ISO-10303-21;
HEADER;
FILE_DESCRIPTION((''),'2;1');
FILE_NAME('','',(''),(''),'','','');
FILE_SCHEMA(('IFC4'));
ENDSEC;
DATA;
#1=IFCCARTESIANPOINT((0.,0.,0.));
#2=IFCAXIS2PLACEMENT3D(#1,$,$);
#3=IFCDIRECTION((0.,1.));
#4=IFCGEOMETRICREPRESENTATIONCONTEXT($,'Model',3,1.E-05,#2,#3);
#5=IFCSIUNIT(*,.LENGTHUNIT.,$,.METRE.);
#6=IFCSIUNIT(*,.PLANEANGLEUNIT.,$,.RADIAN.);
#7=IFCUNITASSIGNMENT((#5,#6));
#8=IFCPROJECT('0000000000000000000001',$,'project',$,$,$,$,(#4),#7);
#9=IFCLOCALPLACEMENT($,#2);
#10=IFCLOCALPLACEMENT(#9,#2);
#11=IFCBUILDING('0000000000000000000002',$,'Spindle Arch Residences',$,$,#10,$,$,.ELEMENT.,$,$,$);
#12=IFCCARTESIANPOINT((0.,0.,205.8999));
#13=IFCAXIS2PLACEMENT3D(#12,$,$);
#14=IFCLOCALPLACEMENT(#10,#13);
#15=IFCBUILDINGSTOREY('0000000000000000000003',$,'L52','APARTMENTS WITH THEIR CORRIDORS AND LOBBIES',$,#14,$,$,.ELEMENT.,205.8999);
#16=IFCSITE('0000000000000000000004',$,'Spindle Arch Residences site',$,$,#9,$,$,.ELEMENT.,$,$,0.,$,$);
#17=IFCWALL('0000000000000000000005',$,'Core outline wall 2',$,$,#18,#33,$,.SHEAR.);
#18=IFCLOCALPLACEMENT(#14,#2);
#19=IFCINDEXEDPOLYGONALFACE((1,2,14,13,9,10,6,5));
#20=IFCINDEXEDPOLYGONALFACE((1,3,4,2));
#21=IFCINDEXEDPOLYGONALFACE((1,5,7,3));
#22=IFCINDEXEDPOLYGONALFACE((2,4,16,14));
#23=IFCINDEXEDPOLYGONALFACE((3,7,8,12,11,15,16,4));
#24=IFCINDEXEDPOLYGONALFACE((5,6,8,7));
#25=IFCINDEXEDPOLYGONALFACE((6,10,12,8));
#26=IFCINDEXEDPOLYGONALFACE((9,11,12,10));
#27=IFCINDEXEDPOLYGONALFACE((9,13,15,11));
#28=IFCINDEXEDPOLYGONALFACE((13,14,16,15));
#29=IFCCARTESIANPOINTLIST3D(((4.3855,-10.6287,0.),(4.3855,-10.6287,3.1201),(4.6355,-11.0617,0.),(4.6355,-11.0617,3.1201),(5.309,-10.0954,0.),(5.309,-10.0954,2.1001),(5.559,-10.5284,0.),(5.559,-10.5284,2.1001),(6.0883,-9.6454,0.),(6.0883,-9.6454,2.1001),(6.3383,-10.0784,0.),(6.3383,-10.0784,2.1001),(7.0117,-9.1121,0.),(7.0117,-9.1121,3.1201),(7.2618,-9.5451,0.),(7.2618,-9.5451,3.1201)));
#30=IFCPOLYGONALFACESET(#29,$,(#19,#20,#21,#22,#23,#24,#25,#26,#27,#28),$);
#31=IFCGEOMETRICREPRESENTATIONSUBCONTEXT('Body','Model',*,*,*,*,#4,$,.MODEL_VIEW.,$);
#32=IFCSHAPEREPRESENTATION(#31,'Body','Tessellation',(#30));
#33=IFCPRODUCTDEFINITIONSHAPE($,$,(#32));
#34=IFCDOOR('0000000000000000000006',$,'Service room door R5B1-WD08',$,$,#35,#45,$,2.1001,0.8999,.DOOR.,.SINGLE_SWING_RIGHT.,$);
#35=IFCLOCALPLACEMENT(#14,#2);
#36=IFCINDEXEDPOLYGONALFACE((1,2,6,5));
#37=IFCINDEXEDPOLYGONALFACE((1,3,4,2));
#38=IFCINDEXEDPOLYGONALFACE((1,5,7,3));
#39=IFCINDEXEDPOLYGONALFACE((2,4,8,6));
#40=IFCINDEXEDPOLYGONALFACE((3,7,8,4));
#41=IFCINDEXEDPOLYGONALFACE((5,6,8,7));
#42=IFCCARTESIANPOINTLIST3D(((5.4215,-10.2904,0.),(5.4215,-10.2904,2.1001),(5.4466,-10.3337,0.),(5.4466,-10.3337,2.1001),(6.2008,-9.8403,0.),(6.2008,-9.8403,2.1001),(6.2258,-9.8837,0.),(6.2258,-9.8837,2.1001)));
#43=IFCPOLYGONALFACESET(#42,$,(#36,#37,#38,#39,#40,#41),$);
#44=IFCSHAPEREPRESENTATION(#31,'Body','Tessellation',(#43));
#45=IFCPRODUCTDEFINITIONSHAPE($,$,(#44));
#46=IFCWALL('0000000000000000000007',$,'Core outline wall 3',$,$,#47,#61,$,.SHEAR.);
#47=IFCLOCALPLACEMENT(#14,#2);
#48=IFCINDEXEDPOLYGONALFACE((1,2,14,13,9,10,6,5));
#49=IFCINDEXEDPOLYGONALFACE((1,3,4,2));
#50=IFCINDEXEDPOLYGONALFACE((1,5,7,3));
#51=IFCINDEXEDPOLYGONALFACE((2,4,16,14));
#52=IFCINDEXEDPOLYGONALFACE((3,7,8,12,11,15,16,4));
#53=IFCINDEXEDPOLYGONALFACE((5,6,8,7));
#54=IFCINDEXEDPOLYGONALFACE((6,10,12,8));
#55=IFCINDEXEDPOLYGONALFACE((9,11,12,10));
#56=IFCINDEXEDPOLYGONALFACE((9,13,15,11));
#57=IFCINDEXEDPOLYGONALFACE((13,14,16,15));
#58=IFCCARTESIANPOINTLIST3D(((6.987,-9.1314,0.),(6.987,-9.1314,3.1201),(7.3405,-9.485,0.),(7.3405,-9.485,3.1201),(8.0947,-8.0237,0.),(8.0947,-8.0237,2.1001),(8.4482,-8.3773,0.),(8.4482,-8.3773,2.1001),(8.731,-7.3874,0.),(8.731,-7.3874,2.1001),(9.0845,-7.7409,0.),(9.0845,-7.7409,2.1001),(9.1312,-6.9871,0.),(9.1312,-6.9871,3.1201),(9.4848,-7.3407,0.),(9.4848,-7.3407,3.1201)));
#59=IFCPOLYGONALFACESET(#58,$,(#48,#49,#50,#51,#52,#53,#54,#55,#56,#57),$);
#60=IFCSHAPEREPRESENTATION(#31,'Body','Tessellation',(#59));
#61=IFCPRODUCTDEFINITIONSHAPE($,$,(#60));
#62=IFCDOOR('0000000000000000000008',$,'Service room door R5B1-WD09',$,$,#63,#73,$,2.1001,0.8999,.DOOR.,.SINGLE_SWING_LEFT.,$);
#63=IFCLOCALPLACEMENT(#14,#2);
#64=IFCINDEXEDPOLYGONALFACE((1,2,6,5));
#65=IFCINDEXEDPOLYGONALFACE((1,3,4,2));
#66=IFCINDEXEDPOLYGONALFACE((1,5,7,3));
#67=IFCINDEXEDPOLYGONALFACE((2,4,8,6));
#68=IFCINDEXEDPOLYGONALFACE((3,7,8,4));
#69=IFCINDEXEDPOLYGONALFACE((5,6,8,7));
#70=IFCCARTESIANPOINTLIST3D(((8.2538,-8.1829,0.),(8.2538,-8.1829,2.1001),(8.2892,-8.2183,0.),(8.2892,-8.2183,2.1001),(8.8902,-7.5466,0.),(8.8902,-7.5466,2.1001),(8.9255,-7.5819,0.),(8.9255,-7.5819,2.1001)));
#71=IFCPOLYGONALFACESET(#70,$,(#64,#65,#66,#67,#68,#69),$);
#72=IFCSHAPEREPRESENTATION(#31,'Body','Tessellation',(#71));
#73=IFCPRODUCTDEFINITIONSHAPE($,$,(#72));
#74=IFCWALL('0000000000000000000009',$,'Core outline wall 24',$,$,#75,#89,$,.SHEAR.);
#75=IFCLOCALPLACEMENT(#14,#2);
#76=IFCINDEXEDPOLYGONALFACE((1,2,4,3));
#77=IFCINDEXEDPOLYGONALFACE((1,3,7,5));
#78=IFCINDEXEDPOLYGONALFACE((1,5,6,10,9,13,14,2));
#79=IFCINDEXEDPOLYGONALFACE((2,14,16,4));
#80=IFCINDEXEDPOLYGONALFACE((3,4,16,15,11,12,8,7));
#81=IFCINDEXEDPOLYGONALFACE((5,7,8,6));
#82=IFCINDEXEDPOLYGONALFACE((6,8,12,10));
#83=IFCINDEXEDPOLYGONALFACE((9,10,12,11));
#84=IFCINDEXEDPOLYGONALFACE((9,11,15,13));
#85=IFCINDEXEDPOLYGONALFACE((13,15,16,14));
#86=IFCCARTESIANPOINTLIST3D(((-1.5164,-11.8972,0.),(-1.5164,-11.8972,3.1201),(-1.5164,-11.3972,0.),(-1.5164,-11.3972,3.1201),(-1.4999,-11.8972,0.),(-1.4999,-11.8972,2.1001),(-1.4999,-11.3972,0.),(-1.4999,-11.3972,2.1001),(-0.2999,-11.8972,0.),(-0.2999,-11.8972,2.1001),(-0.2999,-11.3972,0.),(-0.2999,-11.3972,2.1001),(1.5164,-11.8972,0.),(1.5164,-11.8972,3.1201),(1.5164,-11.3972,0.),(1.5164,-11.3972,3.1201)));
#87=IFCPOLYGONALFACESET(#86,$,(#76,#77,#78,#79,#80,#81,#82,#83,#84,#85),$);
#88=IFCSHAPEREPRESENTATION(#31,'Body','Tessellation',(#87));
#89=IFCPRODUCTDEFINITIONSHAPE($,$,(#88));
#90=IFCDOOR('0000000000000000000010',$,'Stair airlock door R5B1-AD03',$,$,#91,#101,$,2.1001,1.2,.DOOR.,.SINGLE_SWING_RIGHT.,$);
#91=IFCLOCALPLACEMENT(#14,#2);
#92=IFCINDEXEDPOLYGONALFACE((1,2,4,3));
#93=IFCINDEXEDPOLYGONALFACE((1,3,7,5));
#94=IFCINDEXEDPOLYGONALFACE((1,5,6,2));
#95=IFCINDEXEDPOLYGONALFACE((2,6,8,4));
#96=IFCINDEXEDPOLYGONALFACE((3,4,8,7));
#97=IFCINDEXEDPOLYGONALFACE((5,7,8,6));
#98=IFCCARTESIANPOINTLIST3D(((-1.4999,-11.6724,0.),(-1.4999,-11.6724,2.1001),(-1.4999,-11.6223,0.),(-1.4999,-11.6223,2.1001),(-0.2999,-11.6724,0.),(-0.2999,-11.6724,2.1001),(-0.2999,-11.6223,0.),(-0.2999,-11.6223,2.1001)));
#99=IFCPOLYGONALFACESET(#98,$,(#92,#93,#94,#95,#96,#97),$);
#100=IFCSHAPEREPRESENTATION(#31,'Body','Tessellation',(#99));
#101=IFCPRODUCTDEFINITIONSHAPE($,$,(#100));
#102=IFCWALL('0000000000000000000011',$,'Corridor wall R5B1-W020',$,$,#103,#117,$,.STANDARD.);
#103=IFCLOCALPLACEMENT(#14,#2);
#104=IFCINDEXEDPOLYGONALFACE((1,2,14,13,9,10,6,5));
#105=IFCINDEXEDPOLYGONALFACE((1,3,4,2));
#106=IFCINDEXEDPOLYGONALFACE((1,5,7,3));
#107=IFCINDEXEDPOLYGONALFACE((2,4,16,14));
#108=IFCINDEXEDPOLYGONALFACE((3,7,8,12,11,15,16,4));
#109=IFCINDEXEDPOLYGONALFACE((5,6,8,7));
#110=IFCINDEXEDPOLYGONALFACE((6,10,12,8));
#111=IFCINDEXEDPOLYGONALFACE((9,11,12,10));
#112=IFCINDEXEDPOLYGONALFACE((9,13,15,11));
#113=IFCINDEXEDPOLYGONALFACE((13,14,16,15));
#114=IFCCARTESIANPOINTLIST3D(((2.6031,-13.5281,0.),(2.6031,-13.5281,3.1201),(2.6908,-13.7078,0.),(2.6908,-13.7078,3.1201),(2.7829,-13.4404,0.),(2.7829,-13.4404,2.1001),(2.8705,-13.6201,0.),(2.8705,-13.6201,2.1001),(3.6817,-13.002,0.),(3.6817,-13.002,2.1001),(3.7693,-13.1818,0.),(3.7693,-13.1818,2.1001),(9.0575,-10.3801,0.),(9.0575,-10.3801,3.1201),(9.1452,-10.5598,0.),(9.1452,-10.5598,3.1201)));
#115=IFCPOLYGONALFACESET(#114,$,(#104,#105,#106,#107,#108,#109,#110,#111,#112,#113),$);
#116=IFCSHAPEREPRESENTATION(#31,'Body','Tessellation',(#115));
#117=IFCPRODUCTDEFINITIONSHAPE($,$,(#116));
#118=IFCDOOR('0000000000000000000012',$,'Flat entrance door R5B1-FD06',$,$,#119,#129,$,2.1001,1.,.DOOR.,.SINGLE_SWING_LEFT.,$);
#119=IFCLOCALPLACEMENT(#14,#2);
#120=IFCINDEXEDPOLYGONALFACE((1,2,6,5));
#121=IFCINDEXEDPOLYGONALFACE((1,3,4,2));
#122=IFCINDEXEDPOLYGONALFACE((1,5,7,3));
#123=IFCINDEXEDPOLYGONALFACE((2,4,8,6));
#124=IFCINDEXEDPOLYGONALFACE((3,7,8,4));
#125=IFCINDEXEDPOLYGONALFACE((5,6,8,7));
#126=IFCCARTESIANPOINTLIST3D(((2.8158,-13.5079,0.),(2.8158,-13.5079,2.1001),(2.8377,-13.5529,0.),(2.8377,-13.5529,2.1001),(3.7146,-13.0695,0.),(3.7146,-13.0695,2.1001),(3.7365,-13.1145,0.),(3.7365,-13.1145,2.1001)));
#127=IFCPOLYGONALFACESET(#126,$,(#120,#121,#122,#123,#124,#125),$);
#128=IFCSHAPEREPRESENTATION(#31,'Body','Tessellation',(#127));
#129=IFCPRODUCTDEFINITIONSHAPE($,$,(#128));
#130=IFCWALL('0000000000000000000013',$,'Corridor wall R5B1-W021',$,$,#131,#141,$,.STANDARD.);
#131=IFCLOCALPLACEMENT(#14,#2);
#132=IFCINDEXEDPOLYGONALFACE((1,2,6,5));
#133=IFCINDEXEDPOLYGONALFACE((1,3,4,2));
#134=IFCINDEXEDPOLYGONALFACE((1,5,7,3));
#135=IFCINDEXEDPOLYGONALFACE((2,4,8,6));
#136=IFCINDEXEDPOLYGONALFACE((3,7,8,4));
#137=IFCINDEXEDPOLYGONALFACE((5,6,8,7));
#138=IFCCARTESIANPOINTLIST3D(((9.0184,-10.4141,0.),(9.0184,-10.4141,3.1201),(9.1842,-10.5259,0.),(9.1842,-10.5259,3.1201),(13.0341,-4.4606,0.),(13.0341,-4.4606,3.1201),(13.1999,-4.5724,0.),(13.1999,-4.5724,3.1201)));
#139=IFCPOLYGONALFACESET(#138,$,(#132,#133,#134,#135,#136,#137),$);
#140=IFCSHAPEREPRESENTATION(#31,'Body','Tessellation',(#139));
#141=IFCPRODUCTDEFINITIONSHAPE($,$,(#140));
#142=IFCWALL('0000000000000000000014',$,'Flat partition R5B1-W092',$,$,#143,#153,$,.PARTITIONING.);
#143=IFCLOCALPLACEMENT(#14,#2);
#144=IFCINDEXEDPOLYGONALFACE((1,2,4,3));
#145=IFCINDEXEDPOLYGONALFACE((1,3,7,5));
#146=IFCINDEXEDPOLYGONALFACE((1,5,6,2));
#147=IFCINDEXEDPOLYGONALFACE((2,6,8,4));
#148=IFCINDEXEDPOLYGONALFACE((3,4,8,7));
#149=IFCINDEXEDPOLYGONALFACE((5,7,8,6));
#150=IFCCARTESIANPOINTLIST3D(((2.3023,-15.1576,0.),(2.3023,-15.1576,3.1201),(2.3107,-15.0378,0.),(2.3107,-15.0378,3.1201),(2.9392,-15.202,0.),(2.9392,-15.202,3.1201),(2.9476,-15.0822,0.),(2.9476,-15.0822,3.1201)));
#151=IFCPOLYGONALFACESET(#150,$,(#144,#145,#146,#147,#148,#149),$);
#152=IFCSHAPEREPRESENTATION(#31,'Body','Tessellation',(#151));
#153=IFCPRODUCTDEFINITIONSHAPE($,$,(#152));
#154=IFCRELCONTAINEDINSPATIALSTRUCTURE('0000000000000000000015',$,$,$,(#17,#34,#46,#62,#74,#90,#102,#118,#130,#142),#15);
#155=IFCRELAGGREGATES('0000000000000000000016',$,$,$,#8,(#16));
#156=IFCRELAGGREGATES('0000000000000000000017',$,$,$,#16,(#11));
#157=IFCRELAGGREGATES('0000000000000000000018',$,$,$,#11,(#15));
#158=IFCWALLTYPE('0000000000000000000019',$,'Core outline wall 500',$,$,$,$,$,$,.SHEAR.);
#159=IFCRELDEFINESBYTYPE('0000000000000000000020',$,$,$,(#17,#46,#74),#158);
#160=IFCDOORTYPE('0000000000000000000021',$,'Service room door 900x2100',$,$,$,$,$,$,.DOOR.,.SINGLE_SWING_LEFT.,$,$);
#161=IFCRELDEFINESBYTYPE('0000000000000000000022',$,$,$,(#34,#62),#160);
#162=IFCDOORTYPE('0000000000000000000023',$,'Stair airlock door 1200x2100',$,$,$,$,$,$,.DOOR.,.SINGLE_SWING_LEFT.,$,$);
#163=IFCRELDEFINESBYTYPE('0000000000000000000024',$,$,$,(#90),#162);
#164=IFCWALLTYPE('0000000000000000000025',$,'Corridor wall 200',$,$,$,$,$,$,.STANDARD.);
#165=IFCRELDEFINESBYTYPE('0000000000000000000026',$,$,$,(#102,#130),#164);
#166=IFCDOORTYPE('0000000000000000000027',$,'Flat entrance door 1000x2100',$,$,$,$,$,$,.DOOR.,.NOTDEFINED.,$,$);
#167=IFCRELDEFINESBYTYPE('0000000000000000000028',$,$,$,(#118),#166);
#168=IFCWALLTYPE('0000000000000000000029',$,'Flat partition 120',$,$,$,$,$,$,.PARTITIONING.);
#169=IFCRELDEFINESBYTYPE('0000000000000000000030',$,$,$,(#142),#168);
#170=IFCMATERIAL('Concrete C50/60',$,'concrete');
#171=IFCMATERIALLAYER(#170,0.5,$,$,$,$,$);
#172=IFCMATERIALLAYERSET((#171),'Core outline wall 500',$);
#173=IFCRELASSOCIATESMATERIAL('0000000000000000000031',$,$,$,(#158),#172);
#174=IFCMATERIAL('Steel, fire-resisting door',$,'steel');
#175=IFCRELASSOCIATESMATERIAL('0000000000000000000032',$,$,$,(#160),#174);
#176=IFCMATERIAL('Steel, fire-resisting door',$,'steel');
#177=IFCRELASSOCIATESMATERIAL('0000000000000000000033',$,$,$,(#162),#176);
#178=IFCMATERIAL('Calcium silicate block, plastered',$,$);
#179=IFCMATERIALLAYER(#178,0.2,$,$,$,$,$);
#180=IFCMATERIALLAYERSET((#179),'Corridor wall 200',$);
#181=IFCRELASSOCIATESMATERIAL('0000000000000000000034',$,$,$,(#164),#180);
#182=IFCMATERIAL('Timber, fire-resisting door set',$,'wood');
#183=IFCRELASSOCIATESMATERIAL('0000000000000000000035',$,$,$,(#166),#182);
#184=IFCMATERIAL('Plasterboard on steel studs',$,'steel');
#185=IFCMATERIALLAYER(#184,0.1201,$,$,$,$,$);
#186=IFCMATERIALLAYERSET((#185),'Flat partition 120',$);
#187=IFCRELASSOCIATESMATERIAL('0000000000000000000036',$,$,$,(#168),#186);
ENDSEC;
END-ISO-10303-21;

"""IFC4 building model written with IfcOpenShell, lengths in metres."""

from ifc_helpers import new_model, si_unit, direction, frame, frame_2d, origin, place, context, subcontext, project, spatial, rectangle, extrude, material, layer, layer_set, type_object, element, fill, save


model = new_model("IFC4")

# Units and contexts
model_context = context("Model", 3, precision=1e-05, world=origin(), true_north=direction((0.0, 1.0)))
body_context = subcontext(model_context, "Body", "Model", "MODEL_VIEW")
ifc_project = project(units=[si_unit("LENGTHUNIT", "METRE"), si_unit("PLANEANGLEUNIT", "RADIAN")], contexts=[model_context])

# Site, building, storey
site_placement = place(None, origin())
site = spatial("IfcSite", under=ifc_project, at=site_placement, Name="Spindle Arch Residences site", CompositionType="ELEMENT", RefElevation=0.0)
building_placement = place(site_placement, origin())
building = spatial("IfcBuilding", under=site, at=building_placement, Name="Spindle Arch Residences", CompositionType="ELEMENT")
storey_placement = place(building_placement, frame((0.0, 0.0, 205.8999)))
storey = spatial("IfcBuildingStorey", under=building, at=storey_placement, Name="L52", Description="APARTMENTS WITH THEIR CORRIDORS AND LOBBIES", CompositionType="ELEMENT", Elevation=205.8999)

# Shared definitions
ifc_material_1 = material(Name="Concrete C50/60", Category="concrete")
ifc_layer_1 = layer(ifc_material_1, 0.5)
ifc_layer_set_1 = layer_set([ifc_layer_1], Name="Core outline wall 500")
wall_type_1 = type_object("IfcWallType", Name="Core outline wall 500", PredefinedType="SHEAR", material=ifc_layer_set_1)

# Walls, openings, doors
wall_1_placement = place(storey_placement, frame((4.5105, -10.8452, 0.0), z_axis=(0.0, 0.0, 1.0), x_axis=(0.865975, 0.500087, 0.0)))
wall_1 = element("IfcWall", 1, at=wall_1_placement, inside=storey, type_object=wall_type_1, Name="Core outline wall 2", PredefinedType="SHEAR", context=body_context, shape_type="SweptSolid", body=[
    extrude(rectangle(XDim=3.0327, YDim=0.5, at=frame_2d((1.5164, 0.0))), origin(), (0.0, 0.0, 1.0), 3.1201),
])
opening_1_placement = place(wall_1_placement, frame((1.0664, 0.0, 0.0)))
opening_1 = element("IfcOpeningElement", 2, at=opening_1_placement, cuts=wall_1, PredefinedType="OPENING", context=body_context, shape_type="SweptSolid", body=[
    extrude(rectangle(XDim=0.8999, YDim=2.1001, at=frame_2d((0.45, 1.05))), frame((0.0, 0.26, 0.0), z_axis=(0.0, -1.0, 0.0), x_axis=(1.0, 0.0, 0.0)), (0.0, 0.0, 1.0), 0.52),
])
ifc_material_2 = material(Name="Steel, fire-resisting door", Category="steel")
door_type_1 = type_object("IfcDoorType", Name="Service room door 900x2100", OperationType="SINGLE_SWING_LEFT", PredefinedType="DOOR", material=ifc_material_2)
door_1_placement = place(opening_1_placement, origin())
door_1 = element("IfcDoor", 3, at=door_1_placement, inside=storey, type_object=door_type_1, Name="Service room door R5B1-WD08", OperationType="SINGLE_SWING_RIGHT", OverallHeight=2.1001, OverallWidth=0.8999, PredefinedType="DOOR", context=body_context, shape_type="SweptSolid", body=[
    extrude(rectangle(XDim=0.8999, YDim=2.1001, at=frame_2d((0.45, 1.05))), frame((0.0, 0.0249, 0.0), z_axis=(0.0, -1.0, 0.0), x_axis=(1.0, 0.0, 0.0)), (0.0, 0.0, 1.0), 0.05),
])
fill(opening_1, door_1)
wall_2_placement = place(storey_placement, frame((7.1638, -9.3081, 0.0), z_axis=(0.0, 0.0, 1.0), x_axis=(0.707107, 0.707107, 0.0)))
wall_2 = element("IfcWall", 4, at=wall_2_placement, inside=storey, type_object=wall_type_1, Name="Core outline wall 3", PredefinedType="SHEAR", context=body_context, shape_type="SweptSolid", body=[
    extrude(rectangle(XDim=3.0325, YDim=0.5, at=frame_2d((1.5161, 0.0))), origin(), (0.0, 0.0, 1.0), 3.1201),
])
opening_2_placement = place(wall_2_placement, frame((1.5664, 0.0, 0.0)))
opening_2 = element("IfcOpeningElement", 5, at=opening_2_placement, cuts=wall_2, PredefinedType="OPENING", context=body_context, shape_type="SweptSolid", body=[
    extrude(rectangle(XDim=0.8999, YDim=2.1001, at=frame_2d((0.45, 1.05))), frame((0.0, 0.26, 0.0), z_axis=(0.0, -1.0, 0.0), x_axis=(1.0, 0.0, 0.0)), (0.0, 0.0, 1.0), 0.52),
])
door_2_placement = place(opening_2_placement, origin())
door_2 = element("IfcDoor", 6, at=door_2_placement, inside=storey, type_object=door_type_1, Name="Service room door R5B1-WD09", OperationType="SINGLE_SWING_LEFT", OverallHeight=2.1001, OverallWidth=0.8999, PredefinedType="DOOR", context=body_context, shape_type="SweptSolid", body=[
    extrude(rectangle(XDim=0.8999, YDim=2.1001, at=frame_2d((0.45, 1.05))), frame((0.0, 0.0249, 0.0), z_axis=(0.0, -1.0, 0.0), x_axis=(1.0, 0.0, 0.0)), (0.0, 0.0, 1.0), 0.05),
])
fill(opening_2, door_2)
wall_3_placement = place(storey_placement, frame((-1.5164, -11.6472, 0.0), z_axis=(0.0, 0.0, 1.0), x_axis=(1.0, 0.0, 0.0)))
wall_3 = element("IfcWall", 7, at=wall_3_placement, inside=storey, type_object=wall_type_1, Name="Core outline wall 24", PredefinedType="SHEAR", context=body_context, shape_type="SweptSolid", body=[
    extrude(rectangle(XDim=3.0327, YDim=0.5, at=frame_2d((1.5164, 0.0))), origin(), (0.0, 0.0, 1.0), 3.1201),
])
opening_3_placement = place(wall_3_placement, frame((0.0164, 0.0, 0.0)))
opening_3 = element("IfcOpeningElement", 8, at=opening_3_placement, cuts=wall_3, PredefinedType="OPENING", context=body_context, shape_type="SweptSolid", body=[
    extrude(rectangle(XDim=1.2, YDim=2.1001, at=frame_2d((0.6001, 1.05))), frame((0.0, 0.26, 0.0), z_axis=(0.0, -1.0, 0.0), x_axis=(1.0, 0.0, 0.0)), (0.0, 0.0, 1.0), 0.52),
])
ifc_material_3 = material(Name="Steel, fire-resisting door", Category="steel")
door_type_2 = type_object("IfcDoorType", Name="Stair airlock door 1200x2100", OperationType="SINGLE_SWING_LEFT", PredefinedType="DOOR", material=ifc_material_3)
door_3_placement = place(opening_3_placement, origin())
door_3 = element("IfcDoor", 9, at=door_3_placement, inside=storey, type_object=door_type_2, Name="Stair airlock door R5B1-AD03", OperationType="SINGLE_SWING_RIGHT", OverallHeight=2.1001, OverallWidth=1.2, PredefinedType="DOOR", context=body_context, shape_type="SweptSolid", body=[
    extrude(rectangle(XDim=1.2, YDim=2.1001, at=frame_2d((0.6001, 1.05))), frame((0.0, 0.0249, 0.0), z_axis=(0.0, -1.0, 0.0), x_axis=(1.0, 0.0, 0.0)), (0.0, 0.0, 1.0), 0.05),
])
fill(opening_3, door_3)
ifc_material_4 = material(Name="Calcium silicate block, plastered")
ifc_layer_2 = layer(ifc_material_4, 0.2)
ifc_layer_set_2 = layer_set([ifc_layer_2], Name="Corridor wall 200")
wall_type_2 = type_object("IfcWallType", Name="Corridor wall 200", PredefinedType="STANDARD", material=ifc_layer_set_2)
wall_4_placement = place(storey_placement, frame((2.647, -13.6179, 0.0), z_axis=(0.0, 0.0, 1.0), x_axis=(0.898797, 0.438366, 0.0)))
wall_4 = element("IfcWall", 10, at=wall_4_placement, inside=storey, type_object=wall_type_2, Name="Corridor wall R5B1-W020", PredefinedType="STANDARD", context=body_context, shape_type="SweptSolid", body=[
    extrude(rectangle(XDim=7.1812, YDim=0.2, at=frame_2d((3.5906, 0.0))), origin(), (0.0, 0.0, 1.0), 3.1201),
])
opening_4_placement = place(wall_4_placement, frame((0.2, 0.0, 0.0)))
opening_4 = element("IfcOpeningElement", 11, at=opening_4_placement, cuts=wall_4, PredefinedType="OPENING", context=body_context, shape_type="SweptSolid", body=[
    extrude(rectangle(XDim=1.0, YDim=2.1001, at=frame_2d((0.5, 1.05))), frame((0.0, 0.1099, 0.0), z_axis=(0.0, -1.0, 0.0), x_axis=(1.0, 0.0, 0.0)), (0.0, 0.0, 1.0), 0.22),
])
ifc_material_5 = material(Name="Timber, fire-resisting door set", Category="wood")
door_type_3 = type_object("IfcDoorType", Name="Flat entrance door 1000x2100", OperationType="NOTDEFINED", PredefinedType="DOOR", material=ifc_material_5)
door_4_placement = place(opening_4_placement, origin())
door_4 = element("IfcDoor", 12, at=door_4_placement, inside=storey, type_object=door_type_3, Name="Flat entrance door R5B1-FD06", OperationType="SINGLE_SWING_LEFT", OverallHeight=2.1001, OverallWidth=1.0, PredefinedType="DOOR", context=body_context, shape_type="SweptSolid", body=[
    extrude(rectangle(XDim=1.0, YDim=2.1001, at=frame_2d((0.5, 1.05))), frame((0.0, 0.0249, 0.0), z_axis=(0.0, -1.0, 0.0), x_axis=(1.0, 0.0, 0.0)), (0.0, 0.0, 1.0), 0.05),
])
fill(opening_4, door_4)

# Walls
wall_5_placement = place(storey_placement, frame((9.1013, -10.47, 0.0), z_axis=(0.0, 0.0, 1.0), x_axis=(0.559195, 0.829036, 0.0)))
element("IfcWall", 13, at=wall_5_placement, inside=storey, type_object=wall_type_2, Name="Corridor wall R5B1-W021", PredefinedType="STANDARD", context=body_context, shape_type="SweptSolid", body=[
    extrude(rectangle(XDim=7.1812, YDim=0.2, at=frame_2d((3.5906, 0.0))), origin(), (0.0, 0.0, 1.0), 3.1201),
])
ifc_material_6 = material(Name="Plasterboard on steel studs", Category="steel")
ifc_layer_3 = layer(ifc_material_6, 0.1201)
ifc_layer_set_3 = layer_set([ifc_layer_3], Name="Flat partition 120")
wall_type_3 = type_object("IfcWallType", Name="Flat partition 120", PredefinedType="PARTITIONING", material=ifc_layer_set_3)
wall_6_placement = place(storey_placement, frame((2.3064, -15.0977, 0.0), z_axis=(0.0, 0.0, 1.0), x_axis=(0.997576, -0.069589, 0.0)))
element("IfcWall", 14, at=wall_6_placement, inside=storey, type_object=wall_type_3, Name="Flat partition R5B1-W092", PredefinedType="PARTITIONING", context=body_context, shape_type="SweptSolid", body=[
    extrude(rectangle(XDim=0.6384, YDim=0.1201, at=frame_2d((0.3193, 0.0))), origin(), (0.0, 0.0, 1.0), 3.1201),
])

save(model, "model.ifc")
